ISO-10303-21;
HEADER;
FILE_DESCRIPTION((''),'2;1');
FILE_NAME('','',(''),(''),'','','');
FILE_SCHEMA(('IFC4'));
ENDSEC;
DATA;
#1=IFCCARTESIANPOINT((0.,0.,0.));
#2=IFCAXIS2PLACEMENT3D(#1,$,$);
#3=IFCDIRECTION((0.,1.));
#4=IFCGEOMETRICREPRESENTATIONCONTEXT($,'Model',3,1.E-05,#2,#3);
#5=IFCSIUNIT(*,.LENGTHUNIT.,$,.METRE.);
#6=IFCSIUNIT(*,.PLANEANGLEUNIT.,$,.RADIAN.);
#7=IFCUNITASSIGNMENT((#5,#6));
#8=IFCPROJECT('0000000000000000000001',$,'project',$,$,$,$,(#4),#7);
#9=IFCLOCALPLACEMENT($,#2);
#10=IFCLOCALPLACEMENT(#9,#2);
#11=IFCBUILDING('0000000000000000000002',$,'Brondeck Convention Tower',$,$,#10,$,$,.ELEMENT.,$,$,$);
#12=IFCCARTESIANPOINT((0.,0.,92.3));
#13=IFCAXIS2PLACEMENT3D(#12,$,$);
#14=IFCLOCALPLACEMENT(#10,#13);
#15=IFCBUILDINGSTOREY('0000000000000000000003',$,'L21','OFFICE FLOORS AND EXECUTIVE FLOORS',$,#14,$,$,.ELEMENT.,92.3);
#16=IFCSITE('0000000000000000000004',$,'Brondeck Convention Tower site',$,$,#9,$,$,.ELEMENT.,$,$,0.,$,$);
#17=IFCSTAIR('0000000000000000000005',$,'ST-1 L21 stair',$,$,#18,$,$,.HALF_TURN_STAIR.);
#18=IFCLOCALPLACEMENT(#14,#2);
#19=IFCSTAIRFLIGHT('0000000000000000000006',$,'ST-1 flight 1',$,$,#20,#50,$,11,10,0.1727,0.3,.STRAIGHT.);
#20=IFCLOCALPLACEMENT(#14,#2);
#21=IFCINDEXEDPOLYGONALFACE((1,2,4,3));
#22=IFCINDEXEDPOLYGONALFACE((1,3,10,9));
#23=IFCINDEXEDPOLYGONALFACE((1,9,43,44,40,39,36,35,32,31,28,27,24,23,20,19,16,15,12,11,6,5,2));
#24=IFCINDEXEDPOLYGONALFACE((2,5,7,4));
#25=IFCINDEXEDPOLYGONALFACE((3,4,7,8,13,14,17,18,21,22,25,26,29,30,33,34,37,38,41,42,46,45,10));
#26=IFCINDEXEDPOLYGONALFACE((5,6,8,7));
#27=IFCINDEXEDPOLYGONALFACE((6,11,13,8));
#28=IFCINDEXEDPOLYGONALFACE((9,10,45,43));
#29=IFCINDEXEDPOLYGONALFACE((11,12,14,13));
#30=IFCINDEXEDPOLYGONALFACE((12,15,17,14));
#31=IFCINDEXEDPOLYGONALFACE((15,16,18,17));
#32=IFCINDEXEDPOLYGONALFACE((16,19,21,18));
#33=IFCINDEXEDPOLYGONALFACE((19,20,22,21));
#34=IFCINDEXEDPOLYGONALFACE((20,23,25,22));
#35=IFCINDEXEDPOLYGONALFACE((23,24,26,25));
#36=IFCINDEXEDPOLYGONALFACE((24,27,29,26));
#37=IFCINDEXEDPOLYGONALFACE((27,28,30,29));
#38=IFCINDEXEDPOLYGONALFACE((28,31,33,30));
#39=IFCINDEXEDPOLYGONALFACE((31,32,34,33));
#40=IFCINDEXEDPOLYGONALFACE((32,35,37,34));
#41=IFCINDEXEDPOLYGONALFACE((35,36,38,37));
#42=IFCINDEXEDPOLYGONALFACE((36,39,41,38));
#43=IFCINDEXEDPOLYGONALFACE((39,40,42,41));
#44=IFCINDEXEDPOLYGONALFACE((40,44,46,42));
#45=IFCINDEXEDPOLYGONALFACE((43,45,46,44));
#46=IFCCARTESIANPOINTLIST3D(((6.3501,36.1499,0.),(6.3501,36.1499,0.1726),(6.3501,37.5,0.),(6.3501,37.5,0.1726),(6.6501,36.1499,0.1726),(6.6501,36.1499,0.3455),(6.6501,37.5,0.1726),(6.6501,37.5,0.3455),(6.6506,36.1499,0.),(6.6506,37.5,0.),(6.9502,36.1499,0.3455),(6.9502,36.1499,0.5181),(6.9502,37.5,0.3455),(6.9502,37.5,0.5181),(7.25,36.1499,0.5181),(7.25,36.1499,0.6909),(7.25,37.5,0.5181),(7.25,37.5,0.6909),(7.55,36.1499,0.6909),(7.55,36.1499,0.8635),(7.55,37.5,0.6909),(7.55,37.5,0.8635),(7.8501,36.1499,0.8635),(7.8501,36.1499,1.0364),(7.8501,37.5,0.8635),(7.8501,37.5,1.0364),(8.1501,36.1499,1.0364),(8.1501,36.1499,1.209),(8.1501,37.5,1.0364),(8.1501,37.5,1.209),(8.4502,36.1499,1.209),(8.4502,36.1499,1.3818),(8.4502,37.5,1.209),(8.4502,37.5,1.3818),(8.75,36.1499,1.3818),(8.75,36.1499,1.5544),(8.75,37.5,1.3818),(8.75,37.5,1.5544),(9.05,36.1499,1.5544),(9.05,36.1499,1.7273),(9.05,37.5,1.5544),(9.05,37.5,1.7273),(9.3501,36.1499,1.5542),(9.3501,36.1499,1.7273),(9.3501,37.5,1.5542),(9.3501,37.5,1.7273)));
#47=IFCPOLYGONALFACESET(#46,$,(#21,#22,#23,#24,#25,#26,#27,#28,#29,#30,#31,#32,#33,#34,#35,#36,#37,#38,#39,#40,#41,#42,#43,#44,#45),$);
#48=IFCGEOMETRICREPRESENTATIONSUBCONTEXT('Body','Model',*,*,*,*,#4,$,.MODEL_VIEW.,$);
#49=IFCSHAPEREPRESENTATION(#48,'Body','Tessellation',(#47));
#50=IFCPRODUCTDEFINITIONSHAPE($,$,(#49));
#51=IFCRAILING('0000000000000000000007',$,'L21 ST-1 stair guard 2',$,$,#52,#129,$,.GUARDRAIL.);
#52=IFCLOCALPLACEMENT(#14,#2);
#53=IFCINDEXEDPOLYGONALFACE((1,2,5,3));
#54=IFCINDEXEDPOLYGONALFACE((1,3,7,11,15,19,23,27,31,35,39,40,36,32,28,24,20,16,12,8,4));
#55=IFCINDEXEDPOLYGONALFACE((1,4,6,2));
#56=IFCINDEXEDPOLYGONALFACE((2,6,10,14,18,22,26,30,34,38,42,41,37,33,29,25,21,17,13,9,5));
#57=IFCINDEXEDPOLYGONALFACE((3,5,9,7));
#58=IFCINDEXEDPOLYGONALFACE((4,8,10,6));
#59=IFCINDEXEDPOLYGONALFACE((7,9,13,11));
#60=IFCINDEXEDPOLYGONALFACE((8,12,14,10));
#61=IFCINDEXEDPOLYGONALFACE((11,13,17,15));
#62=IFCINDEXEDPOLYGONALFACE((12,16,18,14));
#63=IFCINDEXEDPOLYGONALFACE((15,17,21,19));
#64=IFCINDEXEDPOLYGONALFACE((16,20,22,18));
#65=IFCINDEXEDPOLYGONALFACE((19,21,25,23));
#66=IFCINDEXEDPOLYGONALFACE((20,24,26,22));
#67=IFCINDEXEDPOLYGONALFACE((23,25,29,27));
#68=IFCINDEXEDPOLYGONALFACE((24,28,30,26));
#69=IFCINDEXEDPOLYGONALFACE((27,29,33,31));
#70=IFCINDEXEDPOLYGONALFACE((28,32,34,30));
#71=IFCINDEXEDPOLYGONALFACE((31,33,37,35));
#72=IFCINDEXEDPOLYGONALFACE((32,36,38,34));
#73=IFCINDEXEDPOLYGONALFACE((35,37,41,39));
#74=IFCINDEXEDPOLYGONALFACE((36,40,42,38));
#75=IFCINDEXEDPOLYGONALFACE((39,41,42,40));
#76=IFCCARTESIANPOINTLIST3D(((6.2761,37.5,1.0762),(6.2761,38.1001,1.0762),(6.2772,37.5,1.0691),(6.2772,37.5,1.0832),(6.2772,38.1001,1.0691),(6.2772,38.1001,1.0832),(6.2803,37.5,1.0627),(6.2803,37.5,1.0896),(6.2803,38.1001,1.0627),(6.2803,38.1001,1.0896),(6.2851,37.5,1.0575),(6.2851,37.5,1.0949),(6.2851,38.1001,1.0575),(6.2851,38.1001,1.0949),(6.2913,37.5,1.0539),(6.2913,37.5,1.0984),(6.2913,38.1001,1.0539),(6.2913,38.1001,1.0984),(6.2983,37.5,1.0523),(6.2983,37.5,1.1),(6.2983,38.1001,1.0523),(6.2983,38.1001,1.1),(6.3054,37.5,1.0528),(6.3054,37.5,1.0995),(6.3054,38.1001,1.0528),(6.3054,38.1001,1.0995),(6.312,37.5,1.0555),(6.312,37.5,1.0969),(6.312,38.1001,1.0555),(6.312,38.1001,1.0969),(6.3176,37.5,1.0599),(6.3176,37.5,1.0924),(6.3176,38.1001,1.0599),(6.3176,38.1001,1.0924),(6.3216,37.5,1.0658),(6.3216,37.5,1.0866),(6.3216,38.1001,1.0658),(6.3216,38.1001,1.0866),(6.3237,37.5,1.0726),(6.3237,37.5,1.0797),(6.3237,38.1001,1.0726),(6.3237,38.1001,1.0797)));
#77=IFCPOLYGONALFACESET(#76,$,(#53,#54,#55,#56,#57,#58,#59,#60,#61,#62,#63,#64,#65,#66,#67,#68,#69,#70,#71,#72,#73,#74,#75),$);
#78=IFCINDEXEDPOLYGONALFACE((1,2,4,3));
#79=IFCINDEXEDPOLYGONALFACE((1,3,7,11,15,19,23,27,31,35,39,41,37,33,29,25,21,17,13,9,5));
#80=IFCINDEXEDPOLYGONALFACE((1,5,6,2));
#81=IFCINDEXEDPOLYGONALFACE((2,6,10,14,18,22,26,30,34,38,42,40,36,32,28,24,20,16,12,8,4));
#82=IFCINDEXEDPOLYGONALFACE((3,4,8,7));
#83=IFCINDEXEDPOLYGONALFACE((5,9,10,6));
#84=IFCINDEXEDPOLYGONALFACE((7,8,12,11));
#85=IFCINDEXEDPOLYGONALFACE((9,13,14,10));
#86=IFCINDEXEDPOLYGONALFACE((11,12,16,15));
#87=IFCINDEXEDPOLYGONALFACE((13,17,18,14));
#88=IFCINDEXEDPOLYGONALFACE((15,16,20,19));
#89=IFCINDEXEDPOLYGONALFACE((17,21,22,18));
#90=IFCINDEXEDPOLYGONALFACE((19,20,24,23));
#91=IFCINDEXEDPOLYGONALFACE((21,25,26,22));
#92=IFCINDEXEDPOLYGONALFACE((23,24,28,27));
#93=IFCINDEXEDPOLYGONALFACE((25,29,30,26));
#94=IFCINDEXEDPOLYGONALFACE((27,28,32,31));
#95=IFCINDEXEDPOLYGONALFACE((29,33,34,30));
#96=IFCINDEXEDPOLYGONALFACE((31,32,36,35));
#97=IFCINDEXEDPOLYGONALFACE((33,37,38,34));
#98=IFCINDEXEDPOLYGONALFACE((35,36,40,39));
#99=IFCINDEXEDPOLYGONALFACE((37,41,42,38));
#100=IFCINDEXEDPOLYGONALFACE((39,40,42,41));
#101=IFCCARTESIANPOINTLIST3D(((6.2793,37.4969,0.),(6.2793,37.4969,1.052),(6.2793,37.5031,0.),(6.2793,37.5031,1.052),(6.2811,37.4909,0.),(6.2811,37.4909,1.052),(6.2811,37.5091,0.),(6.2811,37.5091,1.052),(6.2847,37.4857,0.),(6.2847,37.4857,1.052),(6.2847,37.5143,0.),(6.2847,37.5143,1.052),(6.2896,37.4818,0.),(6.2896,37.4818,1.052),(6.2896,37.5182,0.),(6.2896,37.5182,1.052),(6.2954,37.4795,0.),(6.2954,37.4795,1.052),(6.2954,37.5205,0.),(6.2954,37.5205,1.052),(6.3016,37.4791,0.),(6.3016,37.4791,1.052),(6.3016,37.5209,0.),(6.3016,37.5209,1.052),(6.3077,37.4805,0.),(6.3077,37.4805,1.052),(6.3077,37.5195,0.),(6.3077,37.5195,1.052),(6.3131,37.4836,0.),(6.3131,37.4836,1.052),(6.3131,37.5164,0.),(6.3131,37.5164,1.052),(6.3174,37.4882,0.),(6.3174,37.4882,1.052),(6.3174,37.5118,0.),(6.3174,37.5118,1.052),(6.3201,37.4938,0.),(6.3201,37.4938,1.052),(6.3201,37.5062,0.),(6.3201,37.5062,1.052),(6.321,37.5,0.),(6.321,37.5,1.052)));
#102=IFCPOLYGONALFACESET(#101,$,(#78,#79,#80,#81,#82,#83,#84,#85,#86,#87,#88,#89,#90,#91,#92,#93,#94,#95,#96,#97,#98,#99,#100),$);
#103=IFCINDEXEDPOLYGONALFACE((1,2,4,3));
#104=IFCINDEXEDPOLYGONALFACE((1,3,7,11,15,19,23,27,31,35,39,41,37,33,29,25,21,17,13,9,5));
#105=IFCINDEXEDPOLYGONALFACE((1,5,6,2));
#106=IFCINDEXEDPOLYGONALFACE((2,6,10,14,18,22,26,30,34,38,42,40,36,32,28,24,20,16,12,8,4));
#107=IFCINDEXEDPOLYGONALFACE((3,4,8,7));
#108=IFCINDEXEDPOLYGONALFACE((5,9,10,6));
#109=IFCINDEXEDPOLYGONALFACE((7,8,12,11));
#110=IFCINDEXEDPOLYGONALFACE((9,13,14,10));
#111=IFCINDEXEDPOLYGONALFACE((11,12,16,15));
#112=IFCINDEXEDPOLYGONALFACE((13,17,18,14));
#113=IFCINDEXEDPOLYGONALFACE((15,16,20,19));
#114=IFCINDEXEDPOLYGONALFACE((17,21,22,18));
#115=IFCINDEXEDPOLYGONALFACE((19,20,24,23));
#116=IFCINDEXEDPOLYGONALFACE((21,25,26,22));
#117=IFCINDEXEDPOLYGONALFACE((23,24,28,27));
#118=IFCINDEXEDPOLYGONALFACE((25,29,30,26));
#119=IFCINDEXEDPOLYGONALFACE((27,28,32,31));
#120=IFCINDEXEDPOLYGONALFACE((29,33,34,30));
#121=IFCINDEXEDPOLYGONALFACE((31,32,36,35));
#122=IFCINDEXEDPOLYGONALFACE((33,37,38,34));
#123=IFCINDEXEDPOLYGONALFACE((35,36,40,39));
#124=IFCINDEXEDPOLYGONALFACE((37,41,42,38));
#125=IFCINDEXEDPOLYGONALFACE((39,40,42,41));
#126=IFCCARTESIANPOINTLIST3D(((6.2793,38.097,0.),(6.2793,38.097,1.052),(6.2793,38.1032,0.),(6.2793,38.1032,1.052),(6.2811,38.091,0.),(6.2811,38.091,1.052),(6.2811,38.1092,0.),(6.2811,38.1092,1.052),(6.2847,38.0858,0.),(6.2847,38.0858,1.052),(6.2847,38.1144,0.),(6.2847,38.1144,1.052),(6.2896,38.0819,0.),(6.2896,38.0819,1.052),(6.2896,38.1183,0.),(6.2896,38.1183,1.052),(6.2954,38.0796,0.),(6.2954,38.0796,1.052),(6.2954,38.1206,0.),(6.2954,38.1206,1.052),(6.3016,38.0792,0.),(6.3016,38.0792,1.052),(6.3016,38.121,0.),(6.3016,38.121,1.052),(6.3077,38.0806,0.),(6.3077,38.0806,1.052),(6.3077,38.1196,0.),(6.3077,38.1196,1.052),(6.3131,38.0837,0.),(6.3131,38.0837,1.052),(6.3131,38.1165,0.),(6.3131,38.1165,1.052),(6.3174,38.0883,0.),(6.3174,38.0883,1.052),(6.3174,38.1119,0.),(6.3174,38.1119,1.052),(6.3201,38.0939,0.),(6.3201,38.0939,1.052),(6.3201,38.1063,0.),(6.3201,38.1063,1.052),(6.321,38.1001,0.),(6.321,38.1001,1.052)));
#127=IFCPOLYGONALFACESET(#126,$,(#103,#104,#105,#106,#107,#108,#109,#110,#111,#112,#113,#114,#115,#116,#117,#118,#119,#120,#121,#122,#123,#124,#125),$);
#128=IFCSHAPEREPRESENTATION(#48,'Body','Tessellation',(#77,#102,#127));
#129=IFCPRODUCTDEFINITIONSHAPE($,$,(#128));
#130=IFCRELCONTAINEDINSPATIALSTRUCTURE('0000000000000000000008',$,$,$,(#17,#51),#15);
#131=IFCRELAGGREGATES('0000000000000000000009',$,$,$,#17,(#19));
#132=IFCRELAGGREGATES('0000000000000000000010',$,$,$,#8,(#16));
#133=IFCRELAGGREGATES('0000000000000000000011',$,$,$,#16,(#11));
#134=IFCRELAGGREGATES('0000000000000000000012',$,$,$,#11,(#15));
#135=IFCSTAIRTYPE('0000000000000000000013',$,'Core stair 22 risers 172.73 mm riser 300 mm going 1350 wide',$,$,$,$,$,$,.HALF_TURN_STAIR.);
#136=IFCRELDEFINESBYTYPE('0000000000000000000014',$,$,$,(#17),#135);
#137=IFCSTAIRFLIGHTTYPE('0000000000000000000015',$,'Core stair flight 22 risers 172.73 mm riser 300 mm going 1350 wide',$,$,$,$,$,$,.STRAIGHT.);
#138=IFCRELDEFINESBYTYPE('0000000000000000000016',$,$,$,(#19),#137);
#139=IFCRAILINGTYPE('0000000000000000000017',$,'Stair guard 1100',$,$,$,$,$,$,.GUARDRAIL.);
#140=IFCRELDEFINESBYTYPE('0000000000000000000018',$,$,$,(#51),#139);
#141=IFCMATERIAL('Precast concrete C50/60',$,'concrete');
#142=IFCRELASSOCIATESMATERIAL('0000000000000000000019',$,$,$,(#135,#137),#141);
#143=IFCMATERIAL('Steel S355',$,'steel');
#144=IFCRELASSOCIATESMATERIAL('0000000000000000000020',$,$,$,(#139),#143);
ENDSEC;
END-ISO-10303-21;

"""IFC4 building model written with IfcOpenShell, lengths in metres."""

from ifc_helpers import new_model, si_unit, direction, frame, origin, origin_2d, place, context, subcontext, project, spatial, polyline, circle, outline, extrude, material, type_object, element, aggregate, save


model = new_model("IFC4")

# Units and contexts
model_context = context("Model", 3, precision=1e-05, world=origin(), true_north=direction((0.0, 1.0)))
body_context = subcontext(model_context, "Body", "Model", "MODEL_VIEW")
ifc_project = project(units=[si_unit("LENGTHUNIT", "METRE"), si_unit("PLANEANGLEUNIT", "RADIAN")], contexts=[model_context])

# Site, building, storey
site_placement = place(None, origin())
site = spatial("IfcSite", under=ifc_project, at=site_placement, Name="Brondeck Convention Tower site", CompositionType="ELEMENT", RefElevation=0.0)
building_placement = place(site_placement, origin())
building = spatial("IfcBuilding", under=site, at=building_placement, Name="Brondeck Convention Tower", CompositionType="ELEMENT")
storey_placement = place(building_placement, frame((0.0, 0.0, 92.3)))
storey = spatial("IfcBuildingStorey", under=building, at=storey_placement, Name="L21", Description="OFFICE FLOORS AND EXECUTIVE FLOORS", CompositionType="ELEMENT", Elevation=92.3)

# Stair, stair flight
ifc_material_1 = material(Name="Precast concrete C50/60", Category="concrete")
stair_type = type_object("IfcStairType", Name="Core stair 22 risers 172.73 mm riser 300 mm going 1350 wide", PredefinedType="HALF_TURN_STAIR", material=ifc_material_1)
stair_placement = place(storey_placement, origin())
stair = element("IfcStair", 1, at=stair_placement, inside=storey, type_object=stair_type, Name="ST-1 L21 stair", PredefinedType="HALF_TURN_STAIR")
stair_flight_type = type_object("IfcStairFlightType", Name="Core stair flight 22 risers 172.73 mm riser 300 mm going 1350 wide", PredefinedType="STRAIGHT", material=ifc_material_1)
stair_flight_placement = place(storey_placement, frame((6.3501, 36.825, 0.0), z_axis=(0.0, 0.0, 1.0), x_axis=(1.0, 0.0, 0.0)))
stair_flight = element("IfcStairFlight", 2, at=stair_flight_placement, type_object=stair_flight_type, Name="ST-1 flight 1", NumberOfRisers=11, NumberOfTreads=10, PredefinedType="STRAIGHT", RiserHeight=0.1727, TreadLength=0.3, context=body_context, shape_type="SweptSolid", body=[
    extrude(outline(polyline([(0.0, 0.0), (0.0, 0.1726), (0.3, 0.1726), (0.3, 0.3455), (0.6001, 0.3455), (0.6001, 0.5181), (0.8999, 0.5181), (0.8999, 0.6909), (1.2, 0.6909), (1.2, 0.8635), (1.5, 0.8635), (1.5, 1.0364), (1.8, 1.0364), (1.8, 1.209), (2.1001, 1.209), (2.1001, 1.3818), (2.3999, 1.3818), (2.3999, 1.5544), (2.7, 1.5544), (2.7, 1.7273), (3.0, 1.7273), (3.0, 1.8999), (3.0, 1.5542), (0.3005, 0.0), (0.0, 0.0)])), frame((0.0, 0.675, 0.0), z_axis=(0.0, -1.0, 0.0), x_axis=(1.0, 0.0, 0.0)), (0.0, 0.0, 1.0), 1.3501),
])
aggregate(stair, [stair_flight])

# Railing
ifc_material_2 = material(Name="Steel S355", Category="steel")
railing_type_1 = type_object("IfcRailingType", Name="Stair guard 1100", PredefinedType="GUARDRAIL", material=ifc_material_2)
railing_1_placement = place(storey_placement, frame((6.3, 37.5, 0.0)))
element("IfcRailing", 3, at=railing_1_placement, inside=storey, type_object=railing_type_1, Name="L21 ST-1 stair guard 2", PredefinedType="GUARDRAIL", context=body_context, shape_type="SweptSolid", body=[
    extrude(circle(Radius=0.0239, at=origin_2d()), frame((0.0, 0.0, 1.0762), z_axis=(0.0, 1.0, 0.0), x_axis=(-1.0, 0.0, 0.0)), (0.0, 0.0, 1.0), 0.6001),
    extrude(circle(Radius=0.021, at=origin_2d()), origin(), (0.0, 0.0, 1.0), 1.052),
    extrude(circle(Radius=0.021, at=origin_2d()), frame((0.0, 0.6001, 0.0)), (0.0, 0.0, 1.0), 1.052),
])

save(model, "model.ifc")
